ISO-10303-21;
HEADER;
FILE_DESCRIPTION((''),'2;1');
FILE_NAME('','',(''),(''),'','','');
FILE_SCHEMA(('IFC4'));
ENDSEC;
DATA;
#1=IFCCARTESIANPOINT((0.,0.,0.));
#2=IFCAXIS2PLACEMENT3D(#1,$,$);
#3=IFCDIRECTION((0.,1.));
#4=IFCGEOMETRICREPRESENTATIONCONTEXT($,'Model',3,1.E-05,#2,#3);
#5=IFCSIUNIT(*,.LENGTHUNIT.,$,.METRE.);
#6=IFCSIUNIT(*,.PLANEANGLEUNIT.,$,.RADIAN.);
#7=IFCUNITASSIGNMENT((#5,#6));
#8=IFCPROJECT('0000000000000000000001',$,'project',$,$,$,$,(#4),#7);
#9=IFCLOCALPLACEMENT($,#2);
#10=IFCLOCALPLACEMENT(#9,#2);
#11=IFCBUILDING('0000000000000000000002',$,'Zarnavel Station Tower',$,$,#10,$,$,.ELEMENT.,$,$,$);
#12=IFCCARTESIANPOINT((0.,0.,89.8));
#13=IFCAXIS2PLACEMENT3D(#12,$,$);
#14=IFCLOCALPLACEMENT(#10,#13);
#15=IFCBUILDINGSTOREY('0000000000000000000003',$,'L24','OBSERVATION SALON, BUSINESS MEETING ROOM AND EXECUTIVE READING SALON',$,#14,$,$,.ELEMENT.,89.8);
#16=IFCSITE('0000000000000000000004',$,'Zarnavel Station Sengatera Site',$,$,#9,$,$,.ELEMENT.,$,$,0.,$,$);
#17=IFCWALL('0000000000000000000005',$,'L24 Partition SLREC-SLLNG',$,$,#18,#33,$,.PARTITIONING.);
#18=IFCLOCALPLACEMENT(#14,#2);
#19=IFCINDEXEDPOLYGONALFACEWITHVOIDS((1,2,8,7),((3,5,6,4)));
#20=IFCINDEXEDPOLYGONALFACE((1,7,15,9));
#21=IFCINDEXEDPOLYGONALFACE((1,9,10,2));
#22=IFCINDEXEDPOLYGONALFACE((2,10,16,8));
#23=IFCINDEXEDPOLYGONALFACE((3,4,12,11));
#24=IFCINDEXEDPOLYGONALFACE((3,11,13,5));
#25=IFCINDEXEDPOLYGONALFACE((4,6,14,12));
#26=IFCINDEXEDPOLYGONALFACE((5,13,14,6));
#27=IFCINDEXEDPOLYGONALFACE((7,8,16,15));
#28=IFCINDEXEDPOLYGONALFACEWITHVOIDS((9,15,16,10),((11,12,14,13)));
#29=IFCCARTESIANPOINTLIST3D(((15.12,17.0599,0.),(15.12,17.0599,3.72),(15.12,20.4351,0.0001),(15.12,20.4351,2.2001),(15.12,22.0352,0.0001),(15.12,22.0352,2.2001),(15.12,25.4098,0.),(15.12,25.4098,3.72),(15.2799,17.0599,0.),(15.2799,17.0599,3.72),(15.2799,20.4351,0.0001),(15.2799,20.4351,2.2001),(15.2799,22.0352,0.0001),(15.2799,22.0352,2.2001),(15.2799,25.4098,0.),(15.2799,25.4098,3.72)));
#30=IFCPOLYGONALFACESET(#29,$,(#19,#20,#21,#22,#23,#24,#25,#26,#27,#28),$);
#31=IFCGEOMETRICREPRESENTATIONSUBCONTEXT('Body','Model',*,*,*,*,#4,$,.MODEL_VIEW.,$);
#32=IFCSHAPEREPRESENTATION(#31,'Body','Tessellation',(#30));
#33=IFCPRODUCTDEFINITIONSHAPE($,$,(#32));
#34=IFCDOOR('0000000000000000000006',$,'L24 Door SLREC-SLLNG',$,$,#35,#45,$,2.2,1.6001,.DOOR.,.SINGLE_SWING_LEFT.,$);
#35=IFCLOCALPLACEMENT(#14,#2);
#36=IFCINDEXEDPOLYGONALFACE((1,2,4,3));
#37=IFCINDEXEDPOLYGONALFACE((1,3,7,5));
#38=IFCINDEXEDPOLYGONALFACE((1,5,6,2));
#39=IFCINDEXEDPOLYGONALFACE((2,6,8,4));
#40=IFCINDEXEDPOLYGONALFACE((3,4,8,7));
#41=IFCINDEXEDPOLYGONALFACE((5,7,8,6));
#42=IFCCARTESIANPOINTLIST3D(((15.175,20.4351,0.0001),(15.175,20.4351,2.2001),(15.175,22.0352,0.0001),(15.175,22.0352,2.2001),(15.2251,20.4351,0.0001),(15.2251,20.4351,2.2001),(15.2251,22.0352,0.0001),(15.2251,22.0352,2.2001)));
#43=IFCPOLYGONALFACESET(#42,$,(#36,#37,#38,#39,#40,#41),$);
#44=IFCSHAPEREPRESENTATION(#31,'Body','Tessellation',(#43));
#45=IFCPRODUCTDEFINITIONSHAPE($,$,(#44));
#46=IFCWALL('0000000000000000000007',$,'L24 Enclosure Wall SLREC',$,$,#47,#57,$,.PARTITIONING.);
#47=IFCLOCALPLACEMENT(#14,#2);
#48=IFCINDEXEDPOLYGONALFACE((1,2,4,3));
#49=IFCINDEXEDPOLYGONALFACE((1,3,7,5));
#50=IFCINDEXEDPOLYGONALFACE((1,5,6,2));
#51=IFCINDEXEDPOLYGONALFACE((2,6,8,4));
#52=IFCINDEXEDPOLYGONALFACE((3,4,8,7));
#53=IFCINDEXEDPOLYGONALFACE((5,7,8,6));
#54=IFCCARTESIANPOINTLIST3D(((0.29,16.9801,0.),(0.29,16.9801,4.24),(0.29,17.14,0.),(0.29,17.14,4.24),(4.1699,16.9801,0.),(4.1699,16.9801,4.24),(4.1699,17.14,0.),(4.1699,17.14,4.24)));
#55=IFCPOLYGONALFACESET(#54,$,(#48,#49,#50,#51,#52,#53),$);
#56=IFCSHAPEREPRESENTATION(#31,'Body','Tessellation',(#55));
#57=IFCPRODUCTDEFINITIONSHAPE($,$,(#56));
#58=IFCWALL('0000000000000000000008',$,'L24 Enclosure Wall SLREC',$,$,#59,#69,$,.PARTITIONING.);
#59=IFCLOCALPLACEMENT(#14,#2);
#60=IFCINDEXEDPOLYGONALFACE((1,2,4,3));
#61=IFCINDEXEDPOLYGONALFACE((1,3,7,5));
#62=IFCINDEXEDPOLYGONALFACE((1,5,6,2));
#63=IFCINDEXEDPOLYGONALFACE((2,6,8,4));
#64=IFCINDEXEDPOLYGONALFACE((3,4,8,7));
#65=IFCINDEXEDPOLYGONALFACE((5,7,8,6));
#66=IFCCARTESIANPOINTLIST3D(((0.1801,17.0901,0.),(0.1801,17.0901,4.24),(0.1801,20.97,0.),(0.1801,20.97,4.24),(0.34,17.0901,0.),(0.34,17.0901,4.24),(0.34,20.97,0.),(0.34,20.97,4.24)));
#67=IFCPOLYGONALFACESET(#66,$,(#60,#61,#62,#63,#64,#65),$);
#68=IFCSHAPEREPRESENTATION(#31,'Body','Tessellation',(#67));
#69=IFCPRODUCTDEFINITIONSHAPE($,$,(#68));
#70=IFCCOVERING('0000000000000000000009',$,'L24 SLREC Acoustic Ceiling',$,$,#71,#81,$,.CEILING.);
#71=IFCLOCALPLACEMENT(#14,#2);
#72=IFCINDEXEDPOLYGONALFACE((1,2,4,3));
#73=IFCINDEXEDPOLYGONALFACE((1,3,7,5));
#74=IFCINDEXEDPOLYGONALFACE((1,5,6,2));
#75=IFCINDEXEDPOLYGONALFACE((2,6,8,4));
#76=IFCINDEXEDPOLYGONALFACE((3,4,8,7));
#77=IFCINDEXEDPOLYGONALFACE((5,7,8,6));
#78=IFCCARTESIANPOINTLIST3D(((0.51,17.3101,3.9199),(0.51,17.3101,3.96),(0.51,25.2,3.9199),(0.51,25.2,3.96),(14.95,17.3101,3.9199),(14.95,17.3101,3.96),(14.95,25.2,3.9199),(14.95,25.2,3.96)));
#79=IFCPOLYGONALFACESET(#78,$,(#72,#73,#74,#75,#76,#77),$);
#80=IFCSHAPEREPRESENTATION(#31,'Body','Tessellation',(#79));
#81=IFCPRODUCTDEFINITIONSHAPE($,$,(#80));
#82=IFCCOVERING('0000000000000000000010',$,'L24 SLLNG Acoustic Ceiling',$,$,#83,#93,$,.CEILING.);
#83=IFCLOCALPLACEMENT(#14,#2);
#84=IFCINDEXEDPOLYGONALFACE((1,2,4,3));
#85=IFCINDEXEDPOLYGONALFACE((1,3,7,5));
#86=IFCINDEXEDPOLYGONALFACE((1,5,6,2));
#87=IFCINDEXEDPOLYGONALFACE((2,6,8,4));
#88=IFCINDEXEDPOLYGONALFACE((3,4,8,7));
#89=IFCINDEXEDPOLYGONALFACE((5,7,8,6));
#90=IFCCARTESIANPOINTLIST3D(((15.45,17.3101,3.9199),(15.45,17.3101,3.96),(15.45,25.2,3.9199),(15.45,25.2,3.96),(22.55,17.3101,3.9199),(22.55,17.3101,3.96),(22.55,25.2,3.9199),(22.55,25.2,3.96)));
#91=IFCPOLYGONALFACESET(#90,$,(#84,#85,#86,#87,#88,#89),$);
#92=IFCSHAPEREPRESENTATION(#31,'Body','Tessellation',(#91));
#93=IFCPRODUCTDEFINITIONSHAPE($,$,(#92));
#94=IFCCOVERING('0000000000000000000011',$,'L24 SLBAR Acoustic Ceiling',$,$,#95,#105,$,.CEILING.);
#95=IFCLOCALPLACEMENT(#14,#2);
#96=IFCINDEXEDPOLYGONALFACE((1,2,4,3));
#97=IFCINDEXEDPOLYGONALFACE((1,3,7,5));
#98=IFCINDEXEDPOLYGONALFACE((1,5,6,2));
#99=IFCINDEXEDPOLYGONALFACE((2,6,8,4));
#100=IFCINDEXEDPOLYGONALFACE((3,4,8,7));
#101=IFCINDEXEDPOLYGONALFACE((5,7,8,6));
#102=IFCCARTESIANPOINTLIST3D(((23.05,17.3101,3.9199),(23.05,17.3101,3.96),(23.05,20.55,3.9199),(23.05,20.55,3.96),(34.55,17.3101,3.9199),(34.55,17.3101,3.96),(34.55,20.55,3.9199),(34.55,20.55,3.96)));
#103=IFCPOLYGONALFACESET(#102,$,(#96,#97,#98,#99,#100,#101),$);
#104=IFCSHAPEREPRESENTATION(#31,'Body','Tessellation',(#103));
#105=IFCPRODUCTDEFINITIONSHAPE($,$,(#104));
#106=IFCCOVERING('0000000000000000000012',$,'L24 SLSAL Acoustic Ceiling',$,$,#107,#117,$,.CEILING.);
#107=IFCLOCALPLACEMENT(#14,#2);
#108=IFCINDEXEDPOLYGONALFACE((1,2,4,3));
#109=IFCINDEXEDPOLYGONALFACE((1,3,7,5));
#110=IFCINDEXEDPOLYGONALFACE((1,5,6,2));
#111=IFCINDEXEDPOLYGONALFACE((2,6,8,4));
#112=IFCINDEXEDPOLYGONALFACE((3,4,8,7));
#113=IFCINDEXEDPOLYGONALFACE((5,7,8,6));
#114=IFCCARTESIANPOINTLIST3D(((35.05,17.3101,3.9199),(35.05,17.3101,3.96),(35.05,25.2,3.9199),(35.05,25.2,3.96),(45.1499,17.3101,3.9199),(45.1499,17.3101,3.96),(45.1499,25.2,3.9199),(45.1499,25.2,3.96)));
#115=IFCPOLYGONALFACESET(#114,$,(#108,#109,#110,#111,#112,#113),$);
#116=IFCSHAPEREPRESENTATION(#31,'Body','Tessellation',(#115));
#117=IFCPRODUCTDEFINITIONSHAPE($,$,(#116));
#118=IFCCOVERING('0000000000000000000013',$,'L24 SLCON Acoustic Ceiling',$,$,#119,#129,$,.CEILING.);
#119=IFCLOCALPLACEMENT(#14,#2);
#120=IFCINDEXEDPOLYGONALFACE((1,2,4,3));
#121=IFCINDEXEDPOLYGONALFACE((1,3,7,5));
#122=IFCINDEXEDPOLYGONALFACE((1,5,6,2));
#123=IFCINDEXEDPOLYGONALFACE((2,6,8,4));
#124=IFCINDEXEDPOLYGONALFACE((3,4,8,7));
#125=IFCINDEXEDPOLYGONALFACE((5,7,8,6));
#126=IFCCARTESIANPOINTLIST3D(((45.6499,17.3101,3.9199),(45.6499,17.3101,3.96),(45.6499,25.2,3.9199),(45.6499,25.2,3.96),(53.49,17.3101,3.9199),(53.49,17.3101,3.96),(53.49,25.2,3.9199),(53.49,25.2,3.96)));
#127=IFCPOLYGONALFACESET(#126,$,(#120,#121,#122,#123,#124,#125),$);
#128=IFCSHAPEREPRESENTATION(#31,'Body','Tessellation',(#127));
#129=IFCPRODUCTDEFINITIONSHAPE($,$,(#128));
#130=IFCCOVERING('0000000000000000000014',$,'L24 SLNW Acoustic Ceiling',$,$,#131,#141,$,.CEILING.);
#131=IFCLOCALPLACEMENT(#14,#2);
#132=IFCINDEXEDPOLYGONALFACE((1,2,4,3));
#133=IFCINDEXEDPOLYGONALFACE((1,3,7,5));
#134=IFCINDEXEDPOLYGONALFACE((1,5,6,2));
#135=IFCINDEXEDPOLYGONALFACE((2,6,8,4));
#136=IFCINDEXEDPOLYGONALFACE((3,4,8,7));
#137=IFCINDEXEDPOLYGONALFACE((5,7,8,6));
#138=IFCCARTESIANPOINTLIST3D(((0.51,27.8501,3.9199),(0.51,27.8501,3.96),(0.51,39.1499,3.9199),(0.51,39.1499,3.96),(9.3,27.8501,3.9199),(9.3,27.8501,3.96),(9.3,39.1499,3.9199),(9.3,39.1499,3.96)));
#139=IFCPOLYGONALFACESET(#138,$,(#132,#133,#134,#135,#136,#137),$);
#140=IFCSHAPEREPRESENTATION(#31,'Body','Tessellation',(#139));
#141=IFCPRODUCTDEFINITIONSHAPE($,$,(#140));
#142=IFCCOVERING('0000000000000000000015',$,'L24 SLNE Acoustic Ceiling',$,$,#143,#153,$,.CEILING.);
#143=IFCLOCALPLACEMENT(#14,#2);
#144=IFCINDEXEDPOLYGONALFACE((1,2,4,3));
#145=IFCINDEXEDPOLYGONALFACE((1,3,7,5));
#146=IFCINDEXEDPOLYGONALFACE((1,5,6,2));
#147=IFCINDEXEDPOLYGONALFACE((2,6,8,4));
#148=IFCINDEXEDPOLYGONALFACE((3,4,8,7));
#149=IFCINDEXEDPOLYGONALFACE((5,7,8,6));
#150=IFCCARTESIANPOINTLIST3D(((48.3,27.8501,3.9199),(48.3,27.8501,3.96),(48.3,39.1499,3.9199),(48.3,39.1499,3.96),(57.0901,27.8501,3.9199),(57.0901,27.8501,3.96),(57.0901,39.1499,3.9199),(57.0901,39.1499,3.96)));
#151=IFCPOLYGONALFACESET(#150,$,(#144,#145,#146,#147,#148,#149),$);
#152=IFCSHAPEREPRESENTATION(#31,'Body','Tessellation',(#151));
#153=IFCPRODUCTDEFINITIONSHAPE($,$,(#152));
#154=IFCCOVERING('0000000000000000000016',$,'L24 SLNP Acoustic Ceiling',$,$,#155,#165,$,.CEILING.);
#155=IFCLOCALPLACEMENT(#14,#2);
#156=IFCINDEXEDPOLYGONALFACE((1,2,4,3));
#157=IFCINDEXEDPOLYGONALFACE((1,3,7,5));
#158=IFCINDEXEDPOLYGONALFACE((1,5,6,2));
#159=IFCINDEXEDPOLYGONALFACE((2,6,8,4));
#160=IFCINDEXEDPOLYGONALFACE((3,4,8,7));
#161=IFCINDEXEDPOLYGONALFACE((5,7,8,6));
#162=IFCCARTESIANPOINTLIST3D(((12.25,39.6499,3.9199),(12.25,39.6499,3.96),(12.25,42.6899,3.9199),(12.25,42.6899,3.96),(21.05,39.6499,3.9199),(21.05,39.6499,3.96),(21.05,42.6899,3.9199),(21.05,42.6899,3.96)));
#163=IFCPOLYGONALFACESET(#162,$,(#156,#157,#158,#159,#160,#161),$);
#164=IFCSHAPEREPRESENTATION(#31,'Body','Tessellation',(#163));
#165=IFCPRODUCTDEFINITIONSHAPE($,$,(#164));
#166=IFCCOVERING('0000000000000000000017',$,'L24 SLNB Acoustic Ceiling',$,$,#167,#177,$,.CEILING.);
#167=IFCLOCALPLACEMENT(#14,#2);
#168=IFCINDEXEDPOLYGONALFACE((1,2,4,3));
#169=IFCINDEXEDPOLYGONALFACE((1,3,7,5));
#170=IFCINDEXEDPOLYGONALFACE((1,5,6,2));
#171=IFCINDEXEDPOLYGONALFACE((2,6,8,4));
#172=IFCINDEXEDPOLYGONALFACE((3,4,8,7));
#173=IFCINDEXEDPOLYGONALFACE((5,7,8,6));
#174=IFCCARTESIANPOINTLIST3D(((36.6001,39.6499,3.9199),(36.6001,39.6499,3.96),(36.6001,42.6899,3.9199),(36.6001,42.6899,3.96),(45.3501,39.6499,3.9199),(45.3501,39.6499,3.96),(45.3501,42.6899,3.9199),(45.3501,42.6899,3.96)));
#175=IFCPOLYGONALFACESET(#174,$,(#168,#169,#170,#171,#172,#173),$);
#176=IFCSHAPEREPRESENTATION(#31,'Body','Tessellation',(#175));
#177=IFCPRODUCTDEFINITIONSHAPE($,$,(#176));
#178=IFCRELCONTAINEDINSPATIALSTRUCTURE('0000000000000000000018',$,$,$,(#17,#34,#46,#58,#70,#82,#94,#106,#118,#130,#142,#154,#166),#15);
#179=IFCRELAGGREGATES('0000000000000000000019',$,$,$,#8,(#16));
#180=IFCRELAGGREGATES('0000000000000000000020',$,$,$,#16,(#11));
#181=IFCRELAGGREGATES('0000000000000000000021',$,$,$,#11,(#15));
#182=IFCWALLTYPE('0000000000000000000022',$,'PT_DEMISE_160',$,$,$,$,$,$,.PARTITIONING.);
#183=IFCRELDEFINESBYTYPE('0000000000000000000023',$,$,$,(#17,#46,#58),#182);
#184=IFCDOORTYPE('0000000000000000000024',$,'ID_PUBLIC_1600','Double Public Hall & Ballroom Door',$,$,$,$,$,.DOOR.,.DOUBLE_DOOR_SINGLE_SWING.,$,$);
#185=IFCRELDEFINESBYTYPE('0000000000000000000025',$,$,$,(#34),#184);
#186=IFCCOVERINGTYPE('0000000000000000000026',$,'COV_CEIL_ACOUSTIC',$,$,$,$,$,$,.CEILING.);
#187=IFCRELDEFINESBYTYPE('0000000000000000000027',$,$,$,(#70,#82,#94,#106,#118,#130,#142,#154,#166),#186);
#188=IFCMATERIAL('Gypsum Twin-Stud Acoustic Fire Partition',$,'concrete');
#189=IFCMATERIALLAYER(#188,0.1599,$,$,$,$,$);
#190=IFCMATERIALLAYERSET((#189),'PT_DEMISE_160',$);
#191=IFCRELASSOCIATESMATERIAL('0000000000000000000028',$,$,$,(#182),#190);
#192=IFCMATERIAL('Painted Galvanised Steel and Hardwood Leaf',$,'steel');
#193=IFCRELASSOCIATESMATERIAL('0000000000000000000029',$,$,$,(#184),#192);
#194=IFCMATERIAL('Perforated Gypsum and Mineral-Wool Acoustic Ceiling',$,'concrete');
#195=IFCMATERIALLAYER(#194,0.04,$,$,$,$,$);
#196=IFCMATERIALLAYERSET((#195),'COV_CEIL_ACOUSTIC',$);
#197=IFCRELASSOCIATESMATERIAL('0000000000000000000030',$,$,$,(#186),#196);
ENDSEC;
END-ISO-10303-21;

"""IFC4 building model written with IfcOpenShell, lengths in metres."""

from ifc_helpers import new_model, si_unit, direction, frame, frame_2d, origin, place, context, subcontext, project, spatial, polyline, rectangle, outline, extrude, material, layer, layer_set, type_object, element, fill, save


model = new_model("IFC4")

# Units and contexts
model_context = context("Model", 3, precision=1e-05, world=origin(), true_north=direction((0.0, 1.0)))
body_context = subcontext(model_context, "Body", "Model", "MODEL_VIEW")
ifc_project = project(units=[si_unit("LENGTHUNIT", "METRE"), si_unit("PLANEANGLEUNIT", "RADIAN")], contexts=[model_context])

# Site, building, storey
site_placement = place(None, origin())
site = spatial("IfcSite", under=ifc_project, at=site_placement, Name="Zarnavel Station Sengatera Site", CompositionType="ELEMENT", RefElevation=0.0)
building_placement = place(site_placement, origin())
building = spatial("IfcBuilding", under=site, at=building_placement, Name="Zarnavel Station Tower", CompositionType="ELEMENT")
storey_placement = place(building_placement, frame((0.0, 0.0, 89.8)))
storey = spatial("IfcBuildingStorey", under=building, at=storey_placement, Name="L24", Description="OBSERVATION SALON, BUSINESS MEETING ROOM AND EXECUTIVE READING SALON", CompositionType="ELEMENT", Elevation=89.8)

# Wall, opening, door
ifc_material_1 = material(Name="Gypsum Twin-Stud Acoustic Fire Partition", Category="concrete")
ifc_layer_1 = layer(ifc_material_1, 0.1599)
ifc_layer_set_1 = layer_set([ifc_layer_1], Name="PT_DEMISE_160")
wall_type_1 = type_object("IfcWallType", Name="PT_DEMISE_160", PredefinedType="PARTITIONING", material=ifc_layer_set_1)
wall_placement = place(storey_placement, frame((15.2, 17.0601, 0.0), z_axis=(0.0, 0.0, 1.0), x_axis=(0.0, 1.0, 0.0)))
wall = element("IfcWall", 1, at=wall_placement, inside=storey, type_object=wall_type_1, Name="L24 Partition SLREC-SLLNG", PredefinedType="PARTITIONING", context=body_context, shape_type="SweptSolid", body=[
    extrude(rectangle(XDim=8.3499, YDim=0.1599, at=frame_2d((4.1748, 0.0))), origin(), (0.0, 0.0, 1.0), 3.72),
])
opening_placement = place(wall_placement, frame((3.375, 0.0, 0.0)))
opening = element("IfcOpeningElement", 2, at=opening_placement, cuts=wall, PredefinedType="OPENING", context=body_context, shape_type="SweptSolid", body=[
    extrude(rectangle(XDim=1.6001, YDim=2.2, at=frame_2d((0.8, 1.1001))), frame((0.0, 0.0898, 0.0), z_axis=(0.0, -1.0, 0.0), x_axis=(1.0, 0.0, 0.0)), (0.0, 0.0, 1.0), 0.1799),
])
ifc_material_2 = material(Name="Painted Galvanised Steel and Hardwood Leaf", Category="steel")
door_type = type_object("IfcDoorType", Name="ID_PUBLIC_1600", Description="Double Public Hall & Ballroom Door", OperationType="DOUBLE_DOOR_SINGLE_SWING", PredefinedType="DOOR", material=ifc_material_2)
door_placement = place(opening_placement, origin())
door = element("IfcDoor", 3, at=door_placement, inside=storey, type_object=door_type, Name="L24 Door SLREC-SLLNG", OperationType="SINGLE_SWING_LEFT", OverallHeight=2.2, OverallWidth=1.6001, PredefinedType="DOOR", context=body_context, shape_type="SweptSolid", body=[
    extrude(rectangle(XDim=1.6001, YDim=2.2, at=frame_2d((0.8, 1.1001))), frame((0.0, 0.0249, 0.0), z_axis=(0.0, -1.0, 0.0), x_axis=(1.0, 0.0, 0.0)), (0.0, 0.0, 1.0), 0.05),
])
fill(opening, door)

# Walls
for number, where, z_axis, x_axis, name in (
    (4, (0.29, 17.0601, 0.0), (0.0, 0.0, 1.0), (1.0, 0.0, 0.0), "L24 Enclosure Wall SLREC"),
    (5, (0.26, 17.0901, 0.0), (0.0, 0.0, 1.0), (0.0, 1.0, 0.0), "L24 Enclosure Wall SLREC"),
):
    element("IfcWall", number, at=place(storey_placement, frame(where, z_axis=z_axis, x_axis=x_axis)), inside=storey, type_object=wall_type_1, Name=name, PredefinedType="PARTITIONING", context=body_context, shape_type="SweptSolid", body=[
        extrude(rectangle(XDim=3.8799, YDim=0.1599, at=frame_2d((1.9399, 0.0))), origin(), (0.0, 0.0, 1.0), 4.24),
    ])

# Coverings
ifc_material_3 = material(Name="Perforated Gypsum and Mineral-Wool Acoustic Ceiling", Category="concrete")
ifc_layer_2 = layer(ifc_material_3, 0.04)
ifc_layer_set_2 = layer_set([ifc_layer_2], Name="COV_CEIL_ACOUSTIC")
covering_type_1 = type_object("IfcCoveringType", Name="COV_CEIL_ACOUSTIC", PredefinedType="CEILING", material=ifc_layer_set_2)
covering_1_placement = place(storey_placement, frame((0.0, 0.0, 3.9199)))
element("IfcCovering", 6, at=covering_1_placement, inside=storey, type_object=covering_type_1, Name="L24 SLREC Acoustic Ceiling", PredefinedType="CEILING", context=body_context, shape_type="SweptSolid", body=[
    extrude(outline(polyline([(0.51, 17.3101), (14.95, 17.3101), (14.95, 25.2), (0.51, 25.2), (0.51, 17.3101)])), origin(), (0.0, 0.0, 1.0), 0.04),
])
covering_2_placement = place(storey_placement, frame((0.0, 0.0, 3.9199)))
element("IfcCovering", 7, at=covering_2_placement, inside=storey, type_object=covering_type_1, Name="L24 SLLNG Acoustic Ceiling", PredefinedType="CEILING", context=body_context, shape_type="SweptSolid", body=[
    extrude(outline(polyline([(15.45, 17.3101), (22.55, 17.3101), (22.55, 25.2), (15.45, 25.2), (15.45, 17.3101)])), origin(), (0.0, 0.0, 1.0), 0.04),
])
covering_3_placement = place(storey_placement, frame((0.0, 0.0, 3.9199)))
element("IfcCovering", 8, at=covering_3_placement, inside=storey, type_object=covering_type_1, Name="L24 SLBAR Acoustic Ceiling", PredefinedType="CEILING", context=body_context, shape_type="SweptSolid", body=[
    extrude(outline(polyline([(23.05, 17.3101), (34.55, 17.3101), (34.55, 20.55), (23.05, 20.55), (23.05, 17.3101)])), origin(), (0.0, 0.0, 1.0), 0.04),
])
covering_4_placement = place(storey_placement, frame((0.0, 0.0, 3.9199)))
element("IfcCovering", 9, at=covering_4_placement, inside=storey, type_object=covering_type_1, Name="L24 SLSAL Acoustic Ceiling", PredefinedType="CEILING", context=body_context, shape_type="SweptSolid", body=[
    extrude(outline(polyline([(35.05, 17.3101), (45.1499, 17.3101), (45.1499, 25.2), (35.05, 25.2), (35.05, 17.3101)])), origin(), (0.0, 0.0, 1.0), 0.04),
])
covering_5_placement = place(storey_placement, frame((0.0, 0.0, 3.9199)))
element("IfcCovering", 10, at=covering_5_placement, inside=storey, type_object=covering_type_1, Name="L24 SLCON Acoustic Ceiling", PredefinedType="CEILING", context=body_context, shape_type="SweptSolid", body=[
    extrude(outline(polyline([(45.6499, 17.3101), (53.49, 17.3101), (53.49, 25.2), (45.6499, 25.2), (45.6499, 17.3101)])), origin(), (0.0, 0.0, 1.0), 0.04),
])
covering_6_placement = place(storey_placement, frame((0.0, 0.0, 3.9199)))
element("IfcCovering", 11, at=covering_6_placement, inside=storey, type_object=covering_type_1, Name="L24 SLNW Acoustic Ceiling", PredefinedType="CEILING", context=body_context, shape_type="SweptSolid", body=[
    extrude(outline(polyline([(0.51, 27.8501), (9.3, 27.8501), (9.3, 39.1499), (0.51, 39.1499), (0.51, 27.8501)])), origin(), (0.0, 0.0, 1.0), 0.04),
])
covering_7_placement = place(storey_placement, frame((0.0, 0.0, 3.9199)))
element("IfcCovering", 12, at=covering_7_placement, inside=storey, type_object=covering_type_1, Name="L24 SLNE Acoustic Ceiling", PredefinedType="CEILING", context=body_context, shape_type="SweptSolid", body=[
    extrude(outline(polyline([(48.3, 27.8501), (57.0901, 27.8501), (57.0901, 39.1499), (48.3, 39.1499), (48.3, 27.8501)])), origin(), (0.0, 0.0, 1.0), 0.04),
])
covering_8_placement = place(storey_placement, frame((0.0, 0.0, 3.9199)))
element("IfcCovering", 13, at=covering_8_placement, inside=storey, type_object=covering_type_1, Name="L24 SLNP Acoustic Ceiling", PredefinedType="CEILING", context=body_context, shape_type="SweptSolid", body=[
    extrude(outline(polyline([(12.25, 39.6499), (21.05, 39.6499), (21.05, 42.6899), (12.25, 42.6899), (12.25, 39.6499)])), origin(), (0.0, 0.0, 1.0), 0.04),
])
covering_9_placement = place(storey_placement, frame((0.0, 0.0, 3.9199)))
element("IfcCovering", 14, at=covering_9_placement, inside=storey, type_object=covering_type_1, Name="L24 SLNB Acoustic Ceiling", PredefinedType="CEILING", context=body_context, shape_type="SweptSolid", body=[
    extrude(outline(polyline([(36.6001, 39.6499), (45.3501, 39.6499), (45.3501, 42.6899), (36.6001, 42.6899), (36.6001, 39.6499)])), origin(), (0.0, 0.0, 1.0), 0.04),
])

save(model, "model.ifc")
